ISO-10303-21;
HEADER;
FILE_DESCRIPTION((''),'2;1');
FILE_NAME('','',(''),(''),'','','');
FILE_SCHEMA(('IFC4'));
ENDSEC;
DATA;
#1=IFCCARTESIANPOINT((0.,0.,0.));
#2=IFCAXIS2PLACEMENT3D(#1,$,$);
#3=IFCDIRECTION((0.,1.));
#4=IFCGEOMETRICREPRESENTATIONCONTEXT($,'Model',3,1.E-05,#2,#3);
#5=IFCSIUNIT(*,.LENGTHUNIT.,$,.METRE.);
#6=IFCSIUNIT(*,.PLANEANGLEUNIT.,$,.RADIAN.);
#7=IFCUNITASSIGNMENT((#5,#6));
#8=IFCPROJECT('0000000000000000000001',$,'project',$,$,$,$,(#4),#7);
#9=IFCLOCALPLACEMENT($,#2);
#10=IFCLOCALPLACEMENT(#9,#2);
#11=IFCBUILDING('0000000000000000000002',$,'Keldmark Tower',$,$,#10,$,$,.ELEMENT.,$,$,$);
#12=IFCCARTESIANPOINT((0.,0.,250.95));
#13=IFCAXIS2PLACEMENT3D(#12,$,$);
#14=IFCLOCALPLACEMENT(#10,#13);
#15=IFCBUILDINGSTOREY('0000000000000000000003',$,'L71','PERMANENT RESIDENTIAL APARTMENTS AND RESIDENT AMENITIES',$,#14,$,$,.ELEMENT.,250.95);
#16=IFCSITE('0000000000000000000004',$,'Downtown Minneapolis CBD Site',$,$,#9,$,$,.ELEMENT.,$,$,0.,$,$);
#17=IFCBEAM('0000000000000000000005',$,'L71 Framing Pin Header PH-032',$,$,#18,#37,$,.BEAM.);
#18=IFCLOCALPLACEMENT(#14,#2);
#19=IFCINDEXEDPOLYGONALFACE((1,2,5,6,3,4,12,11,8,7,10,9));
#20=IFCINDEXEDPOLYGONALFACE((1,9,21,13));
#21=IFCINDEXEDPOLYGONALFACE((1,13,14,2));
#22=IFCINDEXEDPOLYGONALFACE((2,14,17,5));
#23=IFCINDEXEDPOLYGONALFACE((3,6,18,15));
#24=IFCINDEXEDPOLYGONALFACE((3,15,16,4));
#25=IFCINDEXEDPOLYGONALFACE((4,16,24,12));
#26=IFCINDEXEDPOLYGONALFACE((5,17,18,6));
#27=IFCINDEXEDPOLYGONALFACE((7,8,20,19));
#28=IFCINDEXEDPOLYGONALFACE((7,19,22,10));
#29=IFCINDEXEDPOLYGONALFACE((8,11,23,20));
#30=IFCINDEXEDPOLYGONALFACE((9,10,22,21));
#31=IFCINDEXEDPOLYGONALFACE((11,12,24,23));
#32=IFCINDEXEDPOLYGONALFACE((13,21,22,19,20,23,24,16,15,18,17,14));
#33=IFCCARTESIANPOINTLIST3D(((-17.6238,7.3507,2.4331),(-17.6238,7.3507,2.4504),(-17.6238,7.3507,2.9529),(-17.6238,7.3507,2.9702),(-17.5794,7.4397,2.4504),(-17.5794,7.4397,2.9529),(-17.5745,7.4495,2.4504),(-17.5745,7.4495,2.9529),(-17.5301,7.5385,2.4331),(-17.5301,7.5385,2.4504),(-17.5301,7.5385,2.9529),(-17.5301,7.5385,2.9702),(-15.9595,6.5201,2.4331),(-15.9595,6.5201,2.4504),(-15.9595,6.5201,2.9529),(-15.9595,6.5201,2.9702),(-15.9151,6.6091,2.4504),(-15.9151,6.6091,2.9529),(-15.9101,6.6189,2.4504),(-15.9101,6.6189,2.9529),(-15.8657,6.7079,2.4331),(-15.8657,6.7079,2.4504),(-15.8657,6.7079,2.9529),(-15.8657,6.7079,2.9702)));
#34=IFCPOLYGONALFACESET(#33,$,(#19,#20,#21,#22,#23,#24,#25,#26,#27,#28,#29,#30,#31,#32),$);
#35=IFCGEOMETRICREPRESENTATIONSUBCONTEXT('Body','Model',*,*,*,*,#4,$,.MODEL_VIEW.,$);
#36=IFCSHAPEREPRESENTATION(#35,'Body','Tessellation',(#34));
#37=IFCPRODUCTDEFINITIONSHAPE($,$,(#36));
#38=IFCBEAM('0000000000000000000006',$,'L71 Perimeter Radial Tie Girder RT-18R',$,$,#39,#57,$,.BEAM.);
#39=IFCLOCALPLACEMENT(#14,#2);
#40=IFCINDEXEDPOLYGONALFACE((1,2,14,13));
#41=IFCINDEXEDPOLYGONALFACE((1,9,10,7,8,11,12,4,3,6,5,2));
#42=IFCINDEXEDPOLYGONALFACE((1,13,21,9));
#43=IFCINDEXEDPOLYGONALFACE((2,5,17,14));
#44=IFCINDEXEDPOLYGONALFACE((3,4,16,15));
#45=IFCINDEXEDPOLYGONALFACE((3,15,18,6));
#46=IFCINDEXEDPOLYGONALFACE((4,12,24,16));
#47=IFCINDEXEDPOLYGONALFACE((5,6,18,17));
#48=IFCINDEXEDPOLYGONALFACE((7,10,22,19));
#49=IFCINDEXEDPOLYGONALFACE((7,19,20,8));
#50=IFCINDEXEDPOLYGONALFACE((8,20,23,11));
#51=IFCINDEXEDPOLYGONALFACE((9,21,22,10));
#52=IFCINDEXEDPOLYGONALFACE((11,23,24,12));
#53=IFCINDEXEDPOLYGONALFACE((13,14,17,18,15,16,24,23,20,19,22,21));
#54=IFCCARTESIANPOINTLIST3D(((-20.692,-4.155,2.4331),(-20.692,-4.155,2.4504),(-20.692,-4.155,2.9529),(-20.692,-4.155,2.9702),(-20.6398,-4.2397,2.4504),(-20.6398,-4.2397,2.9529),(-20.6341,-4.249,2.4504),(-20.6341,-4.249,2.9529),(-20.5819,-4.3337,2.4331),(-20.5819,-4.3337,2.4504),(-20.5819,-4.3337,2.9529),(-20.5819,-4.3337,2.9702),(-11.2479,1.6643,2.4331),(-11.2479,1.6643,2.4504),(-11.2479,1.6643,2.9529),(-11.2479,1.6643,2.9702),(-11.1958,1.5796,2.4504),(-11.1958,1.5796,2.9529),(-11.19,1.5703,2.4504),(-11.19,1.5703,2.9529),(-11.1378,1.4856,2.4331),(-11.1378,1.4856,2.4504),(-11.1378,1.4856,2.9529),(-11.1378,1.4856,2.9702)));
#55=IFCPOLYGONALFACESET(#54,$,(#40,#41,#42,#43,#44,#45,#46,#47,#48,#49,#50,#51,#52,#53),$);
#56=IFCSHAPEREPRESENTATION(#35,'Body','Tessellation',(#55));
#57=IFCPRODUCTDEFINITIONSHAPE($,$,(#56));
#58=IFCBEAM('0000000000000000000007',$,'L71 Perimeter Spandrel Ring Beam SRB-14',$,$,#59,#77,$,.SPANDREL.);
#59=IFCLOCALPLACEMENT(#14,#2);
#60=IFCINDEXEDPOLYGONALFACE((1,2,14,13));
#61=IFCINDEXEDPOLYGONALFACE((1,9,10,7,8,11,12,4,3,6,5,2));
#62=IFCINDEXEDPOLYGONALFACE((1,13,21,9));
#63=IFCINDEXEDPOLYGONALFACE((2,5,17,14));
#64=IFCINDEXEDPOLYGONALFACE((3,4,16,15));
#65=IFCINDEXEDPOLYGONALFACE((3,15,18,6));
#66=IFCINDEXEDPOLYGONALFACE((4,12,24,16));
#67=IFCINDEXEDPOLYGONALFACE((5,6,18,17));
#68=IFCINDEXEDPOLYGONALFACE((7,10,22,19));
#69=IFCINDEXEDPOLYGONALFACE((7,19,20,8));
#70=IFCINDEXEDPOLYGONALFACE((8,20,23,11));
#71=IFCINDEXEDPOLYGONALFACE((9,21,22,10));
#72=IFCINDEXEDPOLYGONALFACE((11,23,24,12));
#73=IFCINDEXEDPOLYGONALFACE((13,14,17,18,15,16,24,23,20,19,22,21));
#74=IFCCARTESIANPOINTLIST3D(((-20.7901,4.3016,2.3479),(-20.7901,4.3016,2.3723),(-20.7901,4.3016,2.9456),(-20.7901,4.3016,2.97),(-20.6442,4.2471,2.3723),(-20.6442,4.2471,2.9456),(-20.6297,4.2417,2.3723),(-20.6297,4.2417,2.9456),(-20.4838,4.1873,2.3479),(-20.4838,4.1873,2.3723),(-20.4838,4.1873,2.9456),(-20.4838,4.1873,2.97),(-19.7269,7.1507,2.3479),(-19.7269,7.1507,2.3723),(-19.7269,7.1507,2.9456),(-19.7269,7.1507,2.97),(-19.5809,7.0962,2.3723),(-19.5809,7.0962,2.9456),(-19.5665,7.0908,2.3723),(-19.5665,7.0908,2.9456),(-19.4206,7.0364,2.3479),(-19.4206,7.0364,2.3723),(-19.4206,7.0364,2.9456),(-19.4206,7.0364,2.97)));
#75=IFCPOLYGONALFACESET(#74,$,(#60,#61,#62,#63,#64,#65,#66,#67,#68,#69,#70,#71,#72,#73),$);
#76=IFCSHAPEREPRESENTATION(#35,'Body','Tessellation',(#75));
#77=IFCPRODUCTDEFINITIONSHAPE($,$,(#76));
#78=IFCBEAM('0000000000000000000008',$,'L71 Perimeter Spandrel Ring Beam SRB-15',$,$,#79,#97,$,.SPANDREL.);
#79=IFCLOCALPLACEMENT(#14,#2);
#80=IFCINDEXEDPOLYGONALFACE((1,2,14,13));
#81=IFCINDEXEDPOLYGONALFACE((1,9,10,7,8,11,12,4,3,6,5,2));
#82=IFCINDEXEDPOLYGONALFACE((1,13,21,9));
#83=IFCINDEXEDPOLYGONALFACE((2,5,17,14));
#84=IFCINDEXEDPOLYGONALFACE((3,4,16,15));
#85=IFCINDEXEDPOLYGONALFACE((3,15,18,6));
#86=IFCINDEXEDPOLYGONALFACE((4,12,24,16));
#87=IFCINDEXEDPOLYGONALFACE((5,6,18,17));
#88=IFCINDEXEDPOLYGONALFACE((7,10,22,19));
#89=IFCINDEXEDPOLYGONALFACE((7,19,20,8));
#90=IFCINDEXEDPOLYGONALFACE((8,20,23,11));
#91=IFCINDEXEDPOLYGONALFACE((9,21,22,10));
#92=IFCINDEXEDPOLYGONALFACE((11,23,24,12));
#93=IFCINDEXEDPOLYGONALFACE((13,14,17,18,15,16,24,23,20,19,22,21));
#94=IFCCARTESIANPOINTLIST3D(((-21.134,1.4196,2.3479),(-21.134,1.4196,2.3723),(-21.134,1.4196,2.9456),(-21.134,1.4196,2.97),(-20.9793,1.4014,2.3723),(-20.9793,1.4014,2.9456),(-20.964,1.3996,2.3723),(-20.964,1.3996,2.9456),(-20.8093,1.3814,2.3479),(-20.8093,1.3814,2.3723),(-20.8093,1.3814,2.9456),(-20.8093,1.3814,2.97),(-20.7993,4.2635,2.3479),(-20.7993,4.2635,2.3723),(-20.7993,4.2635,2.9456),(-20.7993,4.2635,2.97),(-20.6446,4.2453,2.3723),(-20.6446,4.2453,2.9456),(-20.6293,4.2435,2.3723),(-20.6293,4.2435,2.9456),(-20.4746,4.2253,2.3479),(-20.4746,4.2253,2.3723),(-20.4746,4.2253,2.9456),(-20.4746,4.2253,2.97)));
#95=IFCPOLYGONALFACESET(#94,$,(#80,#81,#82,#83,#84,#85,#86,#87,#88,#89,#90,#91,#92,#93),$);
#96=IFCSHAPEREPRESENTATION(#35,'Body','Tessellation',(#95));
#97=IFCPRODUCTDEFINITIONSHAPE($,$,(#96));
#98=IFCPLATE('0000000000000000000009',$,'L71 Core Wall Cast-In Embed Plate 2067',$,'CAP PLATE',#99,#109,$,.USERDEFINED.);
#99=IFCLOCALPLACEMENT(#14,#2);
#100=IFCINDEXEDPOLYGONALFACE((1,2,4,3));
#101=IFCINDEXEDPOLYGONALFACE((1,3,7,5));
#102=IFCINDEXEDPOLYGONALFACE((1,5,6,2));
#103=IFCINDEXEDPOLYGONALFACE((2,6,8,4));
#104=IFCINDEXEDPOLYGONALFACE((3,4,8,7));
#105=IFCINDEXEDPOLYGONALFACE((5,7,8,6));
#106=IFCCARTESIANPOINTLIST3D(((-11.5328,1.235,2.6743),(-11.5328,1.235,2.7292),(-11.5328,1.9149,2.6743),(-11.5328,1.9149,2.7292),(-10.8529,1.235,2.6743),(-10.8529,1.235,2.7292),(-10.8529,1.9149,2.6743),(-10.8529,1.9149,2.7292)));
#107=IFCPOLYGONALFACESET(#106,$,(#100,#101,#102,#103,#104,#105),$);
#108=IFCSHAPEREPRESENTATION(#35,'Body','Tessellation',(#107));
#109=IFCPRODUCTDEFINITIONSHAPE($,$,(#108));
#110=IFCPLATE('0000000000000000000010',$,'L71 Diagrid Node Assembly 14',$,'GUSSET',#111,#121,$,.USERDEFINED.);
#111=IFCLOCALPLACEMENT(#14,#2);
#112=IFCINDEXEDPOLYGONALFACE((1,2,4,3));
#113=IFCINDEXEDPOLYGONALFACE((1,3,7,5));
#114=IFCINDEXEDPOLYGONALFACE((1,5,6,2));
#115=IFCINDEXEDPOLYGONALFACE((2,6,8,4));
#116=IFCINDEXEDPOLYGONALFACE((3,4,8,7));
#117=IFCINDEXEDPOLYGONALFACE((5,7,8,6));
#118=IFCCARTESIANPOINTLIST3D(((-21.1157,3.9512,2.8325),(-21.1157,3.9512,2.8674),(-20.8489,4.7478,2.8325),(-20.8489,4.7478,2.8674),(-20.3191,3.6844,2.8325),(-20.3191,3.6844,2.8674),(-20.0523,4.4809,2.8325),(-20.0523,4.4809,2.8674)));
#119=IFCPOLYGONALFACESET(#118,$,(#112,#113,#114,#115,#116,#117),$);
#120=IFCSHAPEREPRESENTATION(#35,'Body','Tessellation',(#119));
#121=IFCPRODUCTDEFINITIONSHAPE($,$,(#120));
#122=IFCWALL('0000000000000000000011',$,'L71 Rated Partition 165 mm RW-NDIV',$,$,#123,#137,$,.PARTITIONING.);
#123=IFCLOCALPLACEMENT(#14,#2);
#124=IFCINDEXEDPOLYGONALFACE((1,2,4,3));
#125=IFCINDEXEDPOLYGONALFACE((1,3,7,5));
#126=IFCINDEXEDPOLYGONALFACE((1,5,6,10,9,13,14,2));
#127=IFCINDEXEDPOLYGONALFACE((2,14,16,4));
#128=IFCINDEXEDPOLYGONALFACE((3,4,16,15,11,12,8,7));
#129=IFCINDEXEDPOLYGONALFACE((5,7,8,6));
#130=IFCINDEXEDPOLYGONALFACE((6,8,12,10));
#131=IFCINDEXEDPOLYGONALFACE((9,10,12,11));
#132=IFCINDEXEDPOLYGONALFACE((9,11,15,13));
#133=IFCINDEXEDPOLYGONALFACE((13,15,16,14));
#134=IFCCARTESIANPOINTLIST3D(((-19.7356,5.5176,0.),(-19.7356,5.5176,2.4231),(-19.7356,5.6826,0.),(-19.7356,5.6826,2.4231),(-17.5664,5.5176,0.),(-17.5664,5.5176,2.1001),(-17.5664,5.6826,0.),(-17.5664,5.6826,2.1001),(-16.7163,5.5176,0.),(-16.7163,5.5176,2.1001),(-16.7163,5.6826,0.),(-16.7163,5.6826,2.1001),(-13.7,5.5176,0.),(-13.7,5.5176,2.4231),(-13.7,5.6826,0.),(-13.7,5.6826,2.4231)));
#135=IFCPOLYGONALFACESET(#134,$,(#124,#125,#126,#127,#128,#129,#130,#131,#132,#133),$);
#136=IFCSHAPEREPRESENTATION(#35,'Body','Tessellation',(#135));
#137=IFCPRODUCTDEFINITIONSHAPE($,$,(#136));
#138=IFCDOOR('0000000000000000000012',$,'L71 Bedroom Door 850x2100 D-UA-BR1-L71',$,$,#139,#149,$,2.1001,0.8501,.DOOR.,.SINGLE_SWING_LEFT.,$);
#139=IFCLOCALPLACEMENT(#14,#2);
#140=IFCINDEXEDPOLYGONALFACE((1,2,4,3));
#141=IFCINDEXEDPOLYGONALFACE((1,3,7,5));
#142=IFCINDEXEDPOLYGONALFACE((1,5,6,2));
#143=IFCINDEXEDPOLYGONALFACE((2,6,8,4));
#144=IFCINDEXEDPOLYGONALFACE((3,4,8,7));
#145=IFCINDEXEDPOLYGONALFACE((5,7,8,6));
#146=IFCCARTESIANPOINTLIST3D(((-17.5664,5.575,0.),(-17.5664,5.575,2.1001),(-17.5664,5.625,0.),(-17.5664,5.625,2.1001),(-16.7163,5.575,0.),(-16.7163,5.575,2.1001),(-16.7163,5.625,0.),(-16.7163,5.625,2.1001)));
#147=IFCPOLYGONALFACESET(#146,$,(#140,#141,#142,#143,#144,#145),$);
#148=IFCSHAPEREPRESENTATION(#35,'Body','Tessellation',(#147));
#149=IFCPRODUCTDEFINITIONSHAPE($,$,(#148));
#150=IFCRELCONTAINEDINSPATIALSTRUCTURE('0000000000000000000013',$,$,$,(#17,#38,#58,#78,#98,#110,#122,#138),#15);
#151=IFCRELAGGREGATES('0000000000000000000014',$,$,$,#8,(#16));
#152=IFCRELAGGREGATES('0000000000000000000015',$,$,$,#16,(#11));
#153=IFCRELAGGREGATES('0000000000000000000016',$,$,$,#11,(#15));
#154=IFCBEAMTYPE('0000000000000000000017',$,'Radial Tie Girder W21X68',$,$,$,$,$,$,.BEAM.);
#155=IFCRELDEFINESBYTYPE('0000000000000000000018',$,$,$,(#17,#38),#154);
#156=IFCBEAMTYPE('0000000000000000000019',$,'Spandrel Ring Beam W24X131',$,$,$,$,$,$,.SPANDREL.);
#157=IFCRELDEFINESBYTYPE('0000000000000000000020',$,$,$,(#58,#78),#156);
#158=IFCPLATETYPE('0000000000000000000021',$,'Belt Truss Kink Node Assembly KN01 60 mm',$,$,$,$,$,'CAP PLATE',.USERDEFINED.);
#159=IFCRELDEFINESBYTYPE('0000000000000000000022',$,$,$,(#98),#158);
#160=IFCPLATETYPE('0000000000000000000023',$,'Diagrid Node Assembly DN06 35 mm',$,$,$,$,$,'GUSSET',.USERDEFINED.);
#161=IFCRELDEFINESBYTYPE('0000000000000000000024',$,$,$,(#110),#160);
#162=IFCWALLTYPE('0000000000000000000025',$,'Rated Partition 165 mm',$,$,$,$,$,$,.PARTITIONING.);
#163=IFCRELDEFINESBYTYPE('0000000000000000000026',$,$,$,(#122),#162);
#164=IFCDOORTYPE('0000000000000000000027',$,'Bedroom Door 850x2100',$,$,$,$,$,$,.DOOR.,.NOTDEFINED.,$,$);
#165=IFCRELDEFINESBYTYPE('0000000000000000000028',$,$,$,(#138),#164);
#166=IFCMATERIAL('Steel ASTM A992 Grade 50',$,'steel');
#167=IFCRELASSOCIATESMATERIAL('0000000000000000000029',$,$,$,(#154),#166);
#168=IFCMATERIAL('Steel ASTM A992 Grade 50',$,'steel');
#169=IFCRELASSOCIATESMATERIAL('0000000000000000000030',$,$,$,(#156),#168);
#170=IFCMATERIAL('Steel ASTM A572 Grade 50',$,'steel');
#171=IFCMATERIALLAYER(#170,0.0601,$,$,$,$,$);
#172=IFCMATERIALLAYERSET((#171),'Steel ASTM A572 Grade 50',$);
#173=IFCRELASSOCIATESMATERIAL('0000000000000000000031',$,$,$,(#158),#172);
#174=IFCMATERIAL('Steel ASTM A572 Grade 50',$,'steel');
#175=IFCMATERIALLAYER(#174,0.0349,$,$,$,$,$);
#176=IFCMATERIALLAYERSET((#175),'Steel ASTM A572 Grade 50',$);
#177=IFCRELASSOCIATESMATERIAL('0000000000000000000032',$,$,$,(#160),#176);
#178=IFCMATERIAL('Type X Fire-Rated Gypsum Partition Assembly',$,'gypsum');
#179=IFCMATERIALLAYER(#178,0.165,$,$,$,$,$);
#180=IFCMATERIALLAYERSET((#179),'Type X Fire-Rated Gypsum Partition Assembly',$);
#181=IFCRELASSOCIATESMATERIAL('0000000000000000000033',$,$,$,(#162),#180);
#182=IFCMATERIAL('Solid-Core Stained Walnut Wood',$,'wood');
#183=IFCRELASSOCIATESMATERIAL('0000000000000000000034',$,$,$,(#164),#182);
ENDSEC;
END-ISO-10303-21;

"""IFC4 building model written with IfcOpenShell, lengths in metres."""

from ifc_helpers import new_model, si_unit, direction, frame, frame_2d, origin, origin_2d, place, context, subcontext, project, spatial, rectangle, i_section, extrude, material, layer, layer_set, material_profile, profile_set, type_object, element, fill, save


model = new_model("IFC4")

# Units and contexts
model_context = context("Model", 3, precision=1e-05, world=origin(), true_north=direction((0.0, 1.0)))
body_context = subcontext(model_context, "Body", "Model", "MODEL_VIEW")
ifc_project = project(units=[si_unit("LENGTHUNIT", "METRE"), si_unit("PLANEANGLEUNIT", "RADIAN")], contexts=[model_context])

# Site, building, storey
site_placement = place(None, origin())
site = spatial("IfcSite", under=ifc_project, at=site_placement, Name="Downtown Minneapolis CBD Site", CompositionType="ELEMENT", RefElevation=0.0)
building_placement = place(site_placement, origin())
building = spatial("IfcBuilding", under=site, at=building_placement, Name="Keldmark Tower", CompositionType="ELEMENT")
storey_placement = place(building_placement, frame((0.0, 0.0, 250.95)))
storey = spatial("IfcBuildingStorey", under=building, at=storey_placement, Name="L71", Description="PERMANENT RESIDENTIAL APARTMENTS AND RESIDENT AMENITIES", CompositionType="ELEMENT", Elevation=250.95)

# Beams
ifc_material_1 = material(Name="Steel ASTM A992 Grade 50", Category="steel")
ifc_material_profile_1 = material_profile(ifc_material_1, i_section(OverallWidth=0.21, OverallDepth=0.5371, WebThickness=0.011, FlangeThickness=0.0173, at=origin_2d()), Name="W21X68")
ifc_profile_set_1 = profile_set([ifc_material_profile_1], Name="Steel ASTM A992 Grade 50")
beam_type_1 = type_object("IfcBeamType", Name="Radial Tie Girder W21X68", PredefinedType="BEAM", material=ifc_profile_set_1)
beam_1_placement = place(storey_placement, frame((-15.9126, 6.614, 2.7017), z_axis=(-0.894768, 0.446531, 0.0), x_axis=(-0.446531, -0.894768, 0.0)))
element("IfcBeam", 1, at=beam_1_placement, inside=storey, type_object=beam_type_1, Name="L71 Framing Pin Header PH-032", PredefinedType="BEAM", context=body_context, shape_type="SweptSolid", body=[
    extrude(i_section(OverallWidth=0.21, OverallDepth=0.5371, WebThickness=0.011, FlangeThickness=0.0173, at=origin_2d()), origin(), (0.0, 0.0, 1.0), 1.8601),
])
beam_2_placement = place(storey_placement, frame((-11.1929, 1.575, 2.7017), z_axis=(-0.851353, -0.524593, 0.0), x_axis=(0.524593, -0.851353, 0.0)))
element("IfcBeam", 2, at=beam_2_placement, inside=storey, type_object=beam_type_1, Name="L71 Perimeter Radial Tie Girder RT-18R", PredefinedType="BEAM", context=body_context, shape_type="SweptSolid", body=[
    extrude(i_section(OverallWidth=0.21, OverallDepth=0.5371, WebThickness=0.011, FlangeThickness=0.0173, at=origin_2d()), origin(), (0.0, 0.0, 1.0), 11.093),
])
ifc_material_2 = material(Name="Steel ASTM A992 Grade 50", Category="steel")
ifc_material_profile_2 = material_profile(ifc_material_2, i_section(OverallWidth=0.3269, OverallDepth=0.6221, WebThickness=0.0154, FlangeThickness=0.0244, at=origin_2d()), Name="W24X131")
ifc_profile_set_2 = profile_set([ifc_material_profile_2], Name="Steel ASTM A992 Grade 50")
beam_type_2 = type_object("IfcBeamType", Name="Spandrel Ring Beam W24X131", PredefinedType="SPANDREL", material=ifc_profile_set_2)
beam_3_placement = place(storey_placement, frame((-19.5737, 7.0935, 2.6589), z_axis=(-0.349627, -0.936889, 0.0), x_axis=(0.936889, -0.349627, 0.0)))
element("IfcBeam", 3, at=beam_3_placement, inside=storey, type_object=beam_type_2, Name="L71 Perimeter Spandrel Ring Beam SRB-14", PredefinedType="SPANDREL", context=body_context, shape_type="SweptSolid", body=[
    extrude(i_section(OverallWidth=0.3269, OverallDepth=0.6221, WebThickness=0.0154, FlangeThickness=0.0244, at=origin_2d()), origin(), (0.0, 0.0, 1.0), 3.041),
])
beam_4_placement = place(storey_placement, frame((-20.637, 4.2444, 2.6589), z_axis=(-0.116886, -0.993145, 0.0), x_axis=(0.993145, -0.116886, 0.0)))
element("IfcBeam", 4, at=beam_4_placement, inside=storey, type_object=beam_type_2, Name="L71 Perimeter Spandrel Ring Beam SRB-15", PredefinedType="SPANDREL", context=body_context, shape_type="SweptSolid", body=[
    extrude(i_section(OverallWidth=0.3269, OverallDepth=0.6221, WebThickness=0.0154, FlangeThickness=0.0244, at=origin_2d()), origin(), (0.0, 0.0, 1.0), 2.8635),
])

# Plates
ifc_material_3 = material(Name="Steel ASTM A572 Grade 50", Category="steel")
ifc_layer_1 = layer(ifc_material_3, 0.0601)
ifc_layer_set_1 = layer_set([ifc_layer_1], Name="Steel ASTM A572 Grade 50")
plate_type_1 = type_object("IfcPlateType", Name="Belt Truss Kink Node Assembly KN01 60 mm", ElementType="CAP PLATE", PredefinedType="USERDEFINED", material=ifc_layer_set_1)
plate_1_placement = place(storey_placement, frame((-11.1929, 1.575, 2.6743), z_axis=(0.0, 0.0, 1.0), x_axis=(1.0, 0.0, 0.0)))
element("IfcPlate", 5, at=plate_1_placement, inside=storey, type_object=plate_type_1, Name="L71 Core Wall Cast-In Embed Plate 2067", ObjectType="CAP PLATE", PredefinedType="USERDEFINED", context=body_context, shape_type="SweptSolid", body=[
    extrude(rectangle(XDim=0.6799, YDim=0.6799, at=origin_2d()), origin(), (0.0, 0.0, 1.0), 0.0549),
])
ifc_material_4 = material(Name="Steel ASTM A572 Grade 50", Category="steel")
ifc_layer_2 = layer(ifc_material_4, 0.0349)
ifc_layer_set_2 = layer_set([ifc_layer_2], Name="Steel ASTM A572 Grade 50")
plate_type_2 = type_object("IfcPlateType", Name="Diagrid Node Assembly DN06 35 mm", ElementType="GUSSET", PredefinedType="USERDEFINED", material=ifc_layer_set_2)
plate_2_placement = place(storey_placement, frame((-20.584, 4.2161, 2.8325), z_axis=(0.0, 0.0, 1.0), x_axis=(-0.317636, -0.948213, 0.0)))
element("IfcPlate", 6, at=plate_2_placement, inside=storey, type_object=plate_type_2, Name="L71 Diagrid Node Assembly 14", ObjectType="GUSSET", PredefinedType="USERDEFINED", context=body_context, shape_type="SweptSolid", body=[
    extrude(rectangle(XDim=0.8401, YDim=0.8401, at=origin_2d()), origin(), (0.0, 0.0, 1.0), 0.0349),
])

# Wall, opening, door
ifc_material_5 = material(Name="Type X Fire-Rated Gypsum Partition Assembly", Category="gypsum")
ifc_layer_3 = layer(ifc_material_5, 0.165)
ifc_layer_set_3 = layer_set([ifc_layer_3], Name="Type X Fire-Rated Gypsum Partition Assembly")
wall_type_1 = type_object("IfcWallType", Name="Rated Partition 165 mm", PredefinedType="PARTITIONING", material=ifc_layer_set_3)
wall_1_placement = place(storey_placement, frame((-19.7356, 5.6001, 0.0), z_axis=(0.0, 0.0, 1.0), x_axis=(1.0, 0.0, 0.0)))
wall_1 = element("IfcWall", 7, at=wall_1_placement, inside=storey, type_object=wall_type_1, Name="L71 Rated Partition 165 mm RW-NDIV", PredefinedType="PARTITIONING", context=body_context, shape_type="SweptSolid", body=[
    extrude(rectangle(XDim=6.0356, YDim=0.165, at=frame_2d((3.0178, 0.0))), origin(), (0.0, 0.0, 1.0), 2.4231),
])
opening_1_placement = place(wall_1_placement, frame((2.1692, 0.0, 0.0)))
opening_1 = element("IfcOpeningElement", 8, at=opening_1_placement, cuts=wall_1, PredefinedType="OPENING", context=body_context, shape_type="SweptSolid", body=[
    extrude(rectangle(XDim=0.8501, YDim=2.1001, at=frame_2d((0.425, 1.05))), frame((0.0, 0.0925, 0.0), z_axis=(0.0, -1.0, 0.0), x_axis=(1.0, 0.0, 0.0)), (0.0, 0.0, 1.0), 0.1851),
])
ifc_material_6 = material(Name="Solid-Core Stained Walnut Wood", Category="wood")
door_type_1 = type_object("IfcDoorType", Name="Bedroom Door 850x2100", OperationType="NOTDEFINED", PredefinedType="DOOR", material=ifc_material_6)
door_1_placement = place(opening_1_placement, origin())
door_1 = element("IfcDoor", 9, at=door_1_placement, inside=storey, type_object=door_type_1, Name="L71 Bedroom Door 850x2100 D-UA-BR1-L71", OperationType="SINGLE_SWING_LEFT", OverallHeight=2.1001, OverallWidth=0.8501, PredefinedType="DOOR", context=body_context, shape_type="SweptSolid", body=[
    extrude(rectangle(XDim=0.8501, YDim=2.1001, at=frame_2d((0.425, 1.05))), frame((0.0, 0.0249, 0.0), z_axis=(0.0, -1.0, 0.0), x_axis=(1.0, 0.0, 0.0)), (0.0, 0.0, 1.0), 0.05),
])
fill(opening_1, door_1)

save(model, "model.ifc")
